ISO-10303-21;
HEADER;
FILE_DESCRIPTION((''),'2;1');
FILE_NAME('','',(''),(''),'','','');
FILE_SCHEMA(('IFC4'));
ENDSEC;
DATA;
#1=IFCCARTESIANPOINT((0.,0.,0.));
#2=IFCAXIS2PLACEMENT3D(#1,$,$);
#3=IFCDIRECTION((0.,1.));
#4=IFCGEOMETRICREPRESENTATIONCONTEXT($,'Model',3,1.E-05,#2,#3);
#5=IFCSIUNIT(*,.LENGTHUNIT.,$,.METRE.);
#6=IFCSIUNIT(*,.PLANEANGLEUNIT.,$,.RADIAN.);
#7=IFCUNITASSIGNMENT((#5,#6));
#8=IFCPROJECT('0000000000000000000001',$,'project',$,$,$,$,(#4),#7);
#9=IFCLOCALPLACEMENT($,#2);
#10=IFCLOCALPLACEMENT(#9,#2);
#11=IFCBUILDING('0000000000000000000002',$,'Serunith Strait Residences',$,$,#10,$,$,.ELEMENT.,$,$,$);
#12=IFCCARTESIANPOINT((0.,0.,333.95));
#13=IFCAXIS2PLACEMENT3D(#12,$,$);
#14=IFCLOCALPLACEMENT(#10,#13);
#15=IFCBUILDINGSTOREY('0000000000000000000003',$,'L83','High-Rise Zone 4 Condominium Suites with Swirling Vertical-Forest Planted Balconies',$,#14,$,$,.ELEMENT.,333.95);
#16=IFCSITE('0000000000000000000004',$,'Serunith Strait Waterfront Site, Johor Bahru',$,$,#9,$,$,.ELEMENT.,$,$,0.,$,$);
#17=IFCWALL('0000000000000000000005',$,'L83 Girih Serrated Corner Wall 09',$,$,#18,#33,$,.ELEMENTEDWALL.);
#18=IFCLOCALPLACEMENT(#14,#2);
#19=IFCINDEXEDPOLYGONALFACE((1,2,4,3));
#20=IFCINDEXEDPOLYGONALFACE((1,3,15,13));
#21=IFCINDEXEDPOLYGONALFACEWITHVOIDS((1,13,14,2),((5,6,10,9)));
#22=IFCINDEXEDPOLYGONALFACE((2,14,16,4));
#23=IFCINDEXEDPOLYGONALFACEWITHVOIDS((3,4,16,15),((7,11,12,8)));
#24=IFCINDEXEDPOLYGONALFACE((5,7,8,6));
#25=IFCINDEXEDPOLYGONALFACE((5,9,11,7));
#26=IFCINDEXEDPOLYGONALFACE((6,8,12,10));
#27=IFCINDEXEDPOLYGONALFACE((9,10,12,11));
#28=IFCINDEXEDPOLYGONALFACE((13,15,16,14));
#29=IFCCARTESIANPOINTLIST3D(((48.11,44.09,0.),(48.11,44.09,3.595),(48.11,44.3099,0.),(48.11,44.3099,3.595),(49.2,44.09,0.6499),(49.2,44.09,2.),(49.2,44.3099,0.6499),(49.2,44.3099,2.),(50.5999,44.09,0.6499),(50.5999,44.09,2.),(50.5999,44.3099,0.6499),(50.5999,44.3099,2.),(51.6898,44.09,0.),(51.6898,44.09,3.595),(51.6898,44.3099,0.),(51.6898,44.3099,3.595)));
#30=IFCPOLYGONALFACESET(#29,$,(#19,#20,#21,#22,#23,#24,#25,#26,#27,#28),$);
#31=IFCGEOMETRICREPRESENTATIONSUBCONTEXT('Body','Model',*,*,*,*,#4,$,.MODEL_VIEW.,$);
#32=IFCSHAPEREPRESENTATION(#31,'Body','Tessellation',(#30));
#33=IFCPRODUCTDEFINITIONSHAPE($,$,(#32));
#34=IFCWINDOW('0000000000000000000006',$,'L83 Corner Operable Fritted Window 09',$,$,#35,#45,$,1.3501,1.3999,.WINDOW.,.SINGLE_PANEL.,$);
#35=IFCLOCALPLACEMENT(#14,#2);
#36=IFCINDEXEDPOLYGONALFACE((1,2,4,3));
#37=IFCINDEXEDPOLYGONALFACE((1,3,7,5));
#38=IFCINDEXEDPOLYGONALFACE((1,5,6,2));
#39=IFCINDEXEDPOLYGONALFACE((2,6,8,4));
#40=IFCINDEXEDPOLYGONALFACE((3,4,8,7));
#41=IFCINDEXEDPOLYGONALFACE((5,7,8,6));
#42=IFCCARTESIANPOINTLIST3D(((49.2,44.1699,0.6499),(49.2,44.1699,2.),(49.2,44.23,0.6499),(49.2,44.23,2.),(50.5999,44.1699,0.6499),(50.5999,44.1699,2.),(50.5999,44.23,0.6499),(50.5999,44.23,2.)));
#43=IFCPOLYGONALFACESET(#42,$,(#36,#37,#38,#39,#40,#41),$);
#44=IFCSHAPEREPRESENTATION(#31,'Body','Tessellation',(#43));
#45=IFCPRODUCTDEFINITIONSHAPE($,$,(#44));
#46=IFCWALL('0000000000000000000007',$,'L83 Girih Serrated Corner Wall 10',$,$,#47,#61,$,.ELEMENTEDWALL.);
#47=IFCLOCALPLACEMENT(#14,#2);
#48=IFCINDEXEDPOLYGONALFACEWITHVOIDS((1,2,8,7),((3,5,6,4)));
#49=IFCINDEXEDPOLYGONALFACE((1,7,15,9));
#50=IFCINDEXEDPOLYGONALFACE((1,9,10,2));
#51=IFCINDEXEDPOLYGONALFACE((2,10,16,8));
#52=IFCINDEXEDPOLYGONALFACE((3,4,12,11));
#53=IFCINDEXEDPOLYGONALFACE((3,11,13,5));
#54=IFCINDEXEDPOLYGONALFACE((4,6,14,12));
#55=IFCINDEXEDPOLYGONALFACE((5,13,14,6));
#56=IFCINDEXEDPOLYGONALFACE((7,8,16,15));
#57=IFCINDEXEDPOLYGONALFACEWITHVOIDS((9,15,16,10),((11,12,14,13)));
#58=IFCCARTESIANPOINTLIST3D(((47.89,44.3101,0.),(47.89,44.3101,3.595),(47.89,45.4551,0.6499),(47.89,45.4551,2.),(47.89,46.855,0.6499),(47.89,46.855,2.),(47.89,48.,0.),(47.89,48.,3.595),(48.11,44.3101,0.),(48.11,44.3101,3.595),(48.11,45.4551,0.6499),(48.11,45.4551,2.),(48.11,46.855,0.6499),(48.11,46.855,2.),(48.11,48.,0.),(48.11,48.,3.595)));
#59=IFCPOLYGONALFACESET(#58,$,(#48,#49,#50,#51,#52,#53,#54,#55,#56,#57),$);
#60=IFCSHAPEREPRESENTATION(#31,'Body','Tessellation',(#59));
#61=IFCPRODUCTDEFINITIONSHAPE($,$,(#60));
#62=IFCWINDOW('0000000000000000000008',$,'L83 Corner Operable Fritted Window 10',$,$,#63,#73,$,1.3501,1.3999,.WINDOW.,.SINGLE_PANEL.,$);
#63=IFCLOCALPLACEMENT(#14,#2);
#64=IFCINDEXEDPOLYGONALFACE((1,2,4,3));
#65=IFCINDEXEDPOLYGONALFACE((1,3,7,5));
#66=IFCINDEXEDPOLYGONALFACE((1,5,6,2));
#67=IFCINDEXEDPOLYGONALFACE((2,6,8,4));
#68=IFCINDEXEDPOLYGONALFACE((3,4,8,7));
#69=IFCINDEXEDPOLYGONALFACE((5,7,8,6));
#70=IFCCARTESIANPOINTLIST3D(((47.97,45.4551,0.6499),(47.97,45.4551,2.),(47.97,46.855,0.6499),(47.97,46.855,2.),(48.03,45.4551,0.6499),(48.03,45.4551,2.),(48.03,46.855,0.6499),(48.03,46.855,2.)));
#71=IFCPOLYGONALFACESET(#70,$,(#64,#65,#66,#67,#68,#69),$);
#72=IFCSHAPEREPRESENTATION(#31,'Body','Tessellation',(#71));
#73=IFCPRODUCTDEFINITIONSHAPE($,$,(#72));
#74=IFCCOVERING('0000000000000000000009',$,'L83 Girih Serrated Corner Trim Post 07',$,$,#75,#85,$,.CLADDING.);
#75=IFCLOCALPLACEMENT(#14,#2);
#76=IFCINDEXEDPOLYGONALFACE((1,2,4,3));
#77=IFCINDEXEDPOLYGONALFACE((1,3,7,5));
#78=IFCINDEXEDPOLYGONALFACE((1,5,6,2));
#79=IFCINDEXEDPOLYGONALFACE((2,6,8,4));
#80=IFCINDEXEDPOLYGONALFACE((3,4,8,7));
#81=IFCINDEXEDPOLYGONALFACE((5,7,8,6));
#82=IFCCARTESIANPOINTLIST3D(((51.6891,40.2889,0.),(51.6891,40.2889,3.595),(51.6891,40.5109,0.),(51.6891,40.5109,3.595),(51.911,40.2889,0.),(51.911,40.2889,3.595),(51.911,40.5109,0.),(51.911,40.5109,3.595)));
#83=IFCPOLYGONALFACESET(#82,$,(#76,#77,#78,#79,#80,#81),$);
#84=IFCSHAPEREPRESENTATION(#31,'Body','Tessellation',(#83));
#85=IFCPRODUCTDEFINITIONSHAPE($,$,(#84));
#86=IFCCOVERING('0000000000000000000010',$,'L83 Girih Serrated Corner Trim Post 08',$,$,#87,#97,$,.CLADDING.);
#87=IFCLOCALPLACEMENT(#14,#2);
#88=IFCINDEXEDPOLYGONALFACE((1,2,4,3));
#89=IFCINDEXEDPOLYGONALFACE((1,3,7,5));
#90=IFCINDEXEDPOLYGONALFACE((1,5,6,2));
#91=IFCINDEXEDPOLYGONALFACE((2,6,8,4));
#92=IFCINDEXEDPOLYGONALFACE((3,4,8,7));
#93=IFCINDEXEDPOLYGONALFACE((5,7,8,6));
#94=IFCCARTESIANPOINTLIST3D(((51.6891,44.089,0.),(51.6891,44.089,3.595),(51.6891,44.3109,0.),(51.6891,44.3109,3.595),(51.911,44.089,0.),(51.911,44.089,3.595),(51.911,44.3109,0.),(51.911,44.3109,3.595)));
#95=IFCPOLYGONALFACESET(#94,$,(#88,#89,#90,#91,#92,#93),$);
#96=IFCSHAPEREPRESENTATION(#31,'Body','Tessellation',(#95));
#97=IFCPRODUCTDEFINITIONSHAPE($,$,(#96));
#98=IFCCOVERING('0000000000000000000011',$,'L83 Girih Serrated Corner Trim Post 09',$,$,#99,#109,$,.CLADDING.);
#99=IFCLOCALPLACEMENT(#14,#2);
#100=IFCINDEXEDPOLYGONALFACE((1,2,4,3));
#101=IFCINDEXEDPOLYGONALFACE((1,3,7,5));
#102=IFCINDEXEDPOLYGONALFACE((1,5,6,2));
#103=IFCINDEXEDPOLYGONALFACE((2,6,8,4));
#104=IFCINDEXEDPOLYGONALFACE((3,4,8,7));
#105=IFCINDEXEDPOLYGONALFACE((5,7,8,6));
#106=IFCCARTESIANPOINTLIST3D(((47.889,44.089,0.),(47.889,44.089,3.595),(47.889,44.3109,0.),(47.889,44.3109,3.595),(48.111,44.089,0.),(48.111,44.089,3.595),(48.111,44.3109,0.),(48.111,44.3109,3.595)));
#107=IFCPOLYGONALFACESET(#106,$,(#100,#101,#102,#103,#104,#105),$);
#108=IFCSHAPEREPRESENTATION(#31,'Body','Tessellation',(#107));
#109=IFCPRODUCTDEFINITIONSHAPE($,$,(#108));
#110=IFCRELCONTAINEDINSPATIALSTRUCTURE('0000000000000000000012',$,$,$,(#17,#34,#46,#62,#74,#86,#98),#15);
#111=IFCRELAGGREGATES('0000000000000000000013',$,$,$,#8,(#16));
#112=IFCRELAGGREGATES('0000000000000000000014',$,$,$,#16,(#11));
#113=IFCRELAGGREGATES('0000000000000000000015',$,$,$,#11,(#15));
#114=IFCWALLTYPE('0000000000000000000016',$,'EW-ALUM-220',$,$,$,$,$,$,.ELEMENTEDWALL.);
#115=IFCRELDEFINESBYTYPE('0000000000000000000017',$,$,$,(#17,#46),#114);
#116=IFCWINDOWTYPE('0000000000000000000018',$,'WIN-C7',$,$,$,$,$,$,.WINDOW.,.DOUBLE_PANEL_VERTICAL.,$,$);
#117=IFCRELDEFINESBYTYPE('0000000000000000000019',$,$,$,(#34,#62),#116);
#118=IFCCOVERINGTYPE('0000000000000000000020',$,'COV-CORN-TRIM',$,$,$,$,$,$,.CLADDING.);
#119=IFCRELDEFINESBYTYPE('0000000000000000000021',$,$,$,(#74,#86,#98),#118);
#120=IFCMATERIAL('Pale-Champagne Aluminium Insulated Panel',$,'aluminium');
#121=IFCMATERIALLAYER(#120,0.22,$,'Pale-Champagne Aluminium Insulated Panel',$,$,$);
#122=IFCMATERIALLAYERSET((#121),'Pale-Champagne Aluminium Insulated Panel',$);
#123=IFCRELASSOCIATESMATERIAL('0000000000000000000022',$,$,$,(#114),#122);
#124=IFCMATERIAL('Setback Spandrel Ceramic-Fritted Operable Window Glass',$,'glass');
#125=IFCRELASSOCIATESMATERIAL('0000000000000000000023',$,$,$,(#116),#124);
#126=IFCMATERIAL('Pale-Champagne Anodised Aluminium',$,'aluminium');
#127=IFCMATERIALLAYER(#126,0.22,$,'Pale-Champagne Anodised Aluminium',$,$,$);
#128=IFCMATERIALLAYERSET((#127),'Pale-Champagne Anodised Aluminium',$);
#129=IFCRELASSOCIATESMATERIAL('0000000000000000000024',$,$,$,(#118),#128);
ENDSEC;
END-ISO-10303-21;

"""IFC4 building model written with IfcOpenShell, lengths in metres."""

from ifc_helpers import new_model, si_unit, direction, frame, frame_2d, origin, origin_2d, place, context, subcontext, project, spatial, rectangle, extrude, source, transform, mapped, material, layer, layer_set, type_object, element, fill, save


model = new_model("IFC4")

# Units and contexts
model_context = context("Model", 3, precision=1e-05, world=origin(), true_north=direction((0.0, 1.0)))
body_context = subcontext(model_context, "Body", "Model", "MODEL_VIEW")
ifc_project = project(units=[si_unit("LENGTHUNIT", "METRE"), si_unit("PLANEANGLEUNIT", "RADIAN")], contexts=[model_context])

# Site, building, storey
site_placement = place(None, origin())
site = spatial("IfcSite", under=ifc_project, at=site_placement, Name="Serunith Strait Waterfront Site, Johor Bahru", CompositionType="ELEMENT", RefElevation=0.0)
building_placement = place(site_placement, origin())
building = spatial("IfcBuilding", under=site, at=building_placement, Name="Serunith Strait Residences", CompositionType="ELEMENT")
storey_placement = place(building_placement, frame((0.0, 0.0, 333.95)))
storey = spatial("IfcBuildingStorey", under=building, at=storey_placement, Name="L83", Description="High-Rise Zone 4 Condominium Suites with Swirling Vertical-Forest Planted Balconies", CompositionType="ELEMENT", Elevation=333.95)

# Walls, openings, windows
ifc_material_1 = material(Name="Pale-Champagne Aluminium Insulated Panel", Category="aluminium")
ifc_layer_1 = layer(ifc_material_1, 0.22, Name="Pale-Champagne Aluminium Insulated Panel")
ifc_layer_set_1 = layer_set([ifc_layer_1], Name="Pale-Champagne Aluminium Insulated Panel")
wall_type = type_object("IfcWallType", Name="EW-ALUM-220", PredefinedType="ELEMENTEDWALL", material=ifc_layer_set_1)
ifc_material_2 = material(Name="Setback Spandrel Ceramic-Fritted Operable Window Glass", Category="glass")
window_type = type_object("IfcWindowType", Name="WIN-C7", PartitioningType="DOUBLE_PANEL_VERTICAL", PredefinedType="WINDOW", material=ifc_material_2)
shared_shape_1 = source(origin(), body_context, "Body", "SweptSolid", [
    extrude(rectangle(XDim=1.3999, YDim=1.3501, at=frame_2d((0.7, 0.675))), frame((0.0, 0.03, 0.0), z_axis=(0.0, -1.0, 0.0), x_axis=(1.0, 0.0, 0.0)), (0.0, 0.0, 1.0), 0.0601),
])
wall_1_placement = place(storey_placement, frame((51.6899, 44.2, 0.0), z_axis=(0.0, 0.0, 1.0), x_axis=(-1.0, 0.0, 0.0)))
wall_1 = element("IfcWall", 1, at=wall_1_placement, inside=storey, type_object=wall_type, Name="L83 Girih Serrated Corner Wall 09", PredefinedType="ELEMENTEDWALL", context=body_context, shape_type="SweptSolid", body=[
    extrude(rectangle(XDim=3.5798, YDim=0.22, at=frame_2d((1.79, 0.0))), origin(), (0.0, 0.0, 1.0), 3.595),
])
opening_1_placement = place(wall_1_placement, frame((1.0901, 0.0, 0.6499)))
opening_1 = element("IfcOpeningElement", 2, at=opening_1_placement, cuts=wall_1, PredefinedType="OPENING", context=body_context, shape_type="SweptSolid", body=[
    extrude(rectangle(XDim=1.3999, YDim=1.3501, at=frame_2d((0.7, 0.675))), frame((0.0, 0.1201, 0.0), z_axis=(0.0, -1.0, 0.0), x_axis=(1.0, 0.0, 0.0)), (0.0, 0.0, 1.0), 0.24),
])
window_1_placement = place(opening_1_placement, origin())
window_1 = element("IfcWindow", 3, at=window_1_placement, inside=storey, type_object=window_type, Name="L83 Corner Operable Fritted Window 09", OverallHeight=1.3501, OverallWidth=1.3999, PartitioningType="SINGLE_PANEL", PredefinedType="WINDOW", context=body_context, shape_type="MappedRepresentation", body=[
    mapped(shared_shape_1, transform((0.0, 0.0, 0.0), scale=1.0)),
])
fill(opening_1, window_1)
wall_2_placement = place(storey_placement, frame((48.0, 44.3101, 0.0), z_axis=(0.0, 0.0, 1.0), x_axis=(0.0, 1.0, 0.0)))
wall_2 = element("IfcWall", 4, at=wall_2_placement, inside=storey, type_object=wall_type, Name="L83 Girih Serrated Corner Wall 10", PredefinedType="ELEMENTEDWALL", context=body_context, shape_type="SweptSolid", body=[
    extrude(rectangle(XDim=3.6899, YDim=0.22, at=frame_2d((1.845, 0.0))), origin(), (0.0, 0.0, 1.0), 3.595),
])
opening_2_placement = place(wall_2_placement, frame((1.145, 0.0, 0.6499)))
opening_2 = element("IfcOpeningElement", 5, at=opening_2_placement, cuts=wall_2, PredefinedType="OPENING", context=body_context, shape_type="SweptSolid", body=[
    extrude(rectangle(XDim=1.3999, YDim=1.3501, at=frame_2d((0.7, 0.675))), frame((0.0, 0.1201, 0.0), z_axis=(0.0, -1.0, 0.0), x_axis=(1.0, 0.0, 0.0)), (0.0, 0.0, 1.0), 0.24),
])
window_2_placement = place(opening_2_placement, origin())
window_2 = element("IfcWindow", 6, at=window_2_placement, inside=storey, type_object=window_type, Name="L83 Corner Operable Fritted Window 10", OverallHeight=1.3501, OverallWidth=1.3999, PartitioningType="SINGLE_PANEL", PredefinedType="WINDOW", context=body_context, shape_type="MappedRepresentation", body=[
    mapped(shared_shape_1, transform((0.0, 0.0, 0.0), scale=1.0)),
])
fill(opening_2, window_2)

# Coverings
ifc_material_3 = material(Name="Pale-Champagne Anodised Aluminium", Category="aluminium")
ifc_layer_2 = layer(ifc_material_3, 0.22, Name="Pale-Champagne Anodised Aluminium")
ifc_layer_set_2 = layer_set([ifc_layer_2], Name="Pale-Champagne Anodised Aluminium")
covering_type = type_object("IfcCoveringType", Name="COV-CORN-TRIM", PredefinedType="CLADDING", material=ifc_layer_set_2)
shared_shape_2 = source(origin(), body_context, "Body", "SweptSolid", [
    extrude(rectangle(XDim=0.2219, YDim=0.2219, at=origin_2d()), origin(), (0.0, 0.0, 1.0), 3.595),
])
for number, where, z_axis, x_axis, name in (
    (7, (51.8, 40.3999, 0.0), (0.0, 0.0, 1.0), (1.0, 0.0, 0.0), "L83 Girih Serrated Corner Trim Post 07"),
    (8, (51.8, 44.2, 0.0), (0.0, 0.0, 1.0), (1.0, 0.0, 0.0), "L83 Girih Serrated Corner Trim Post 08"),
    (9, (48.0, 44.2, 0.0), (0.0, 0.0, 1.0), (1.0, 0.0, 0.0), "L83 Girih Serrated Corner Trim Post 09"),
):
    element("IfcCovering", number, at=place(storey_placement, frame(where, z_axis=z_axis, x_axis=x_axis)), inside=storey, type_object=covering_type, Name=name, PredefinedType="CLADDING", context=body_context, shape_type="MappedRepresentation", body=[
        mapped(shared_shape_2, transform((0.0, 0.0, 0.0), scale=1.0)),
    ])

save(model, "model.ifc")
